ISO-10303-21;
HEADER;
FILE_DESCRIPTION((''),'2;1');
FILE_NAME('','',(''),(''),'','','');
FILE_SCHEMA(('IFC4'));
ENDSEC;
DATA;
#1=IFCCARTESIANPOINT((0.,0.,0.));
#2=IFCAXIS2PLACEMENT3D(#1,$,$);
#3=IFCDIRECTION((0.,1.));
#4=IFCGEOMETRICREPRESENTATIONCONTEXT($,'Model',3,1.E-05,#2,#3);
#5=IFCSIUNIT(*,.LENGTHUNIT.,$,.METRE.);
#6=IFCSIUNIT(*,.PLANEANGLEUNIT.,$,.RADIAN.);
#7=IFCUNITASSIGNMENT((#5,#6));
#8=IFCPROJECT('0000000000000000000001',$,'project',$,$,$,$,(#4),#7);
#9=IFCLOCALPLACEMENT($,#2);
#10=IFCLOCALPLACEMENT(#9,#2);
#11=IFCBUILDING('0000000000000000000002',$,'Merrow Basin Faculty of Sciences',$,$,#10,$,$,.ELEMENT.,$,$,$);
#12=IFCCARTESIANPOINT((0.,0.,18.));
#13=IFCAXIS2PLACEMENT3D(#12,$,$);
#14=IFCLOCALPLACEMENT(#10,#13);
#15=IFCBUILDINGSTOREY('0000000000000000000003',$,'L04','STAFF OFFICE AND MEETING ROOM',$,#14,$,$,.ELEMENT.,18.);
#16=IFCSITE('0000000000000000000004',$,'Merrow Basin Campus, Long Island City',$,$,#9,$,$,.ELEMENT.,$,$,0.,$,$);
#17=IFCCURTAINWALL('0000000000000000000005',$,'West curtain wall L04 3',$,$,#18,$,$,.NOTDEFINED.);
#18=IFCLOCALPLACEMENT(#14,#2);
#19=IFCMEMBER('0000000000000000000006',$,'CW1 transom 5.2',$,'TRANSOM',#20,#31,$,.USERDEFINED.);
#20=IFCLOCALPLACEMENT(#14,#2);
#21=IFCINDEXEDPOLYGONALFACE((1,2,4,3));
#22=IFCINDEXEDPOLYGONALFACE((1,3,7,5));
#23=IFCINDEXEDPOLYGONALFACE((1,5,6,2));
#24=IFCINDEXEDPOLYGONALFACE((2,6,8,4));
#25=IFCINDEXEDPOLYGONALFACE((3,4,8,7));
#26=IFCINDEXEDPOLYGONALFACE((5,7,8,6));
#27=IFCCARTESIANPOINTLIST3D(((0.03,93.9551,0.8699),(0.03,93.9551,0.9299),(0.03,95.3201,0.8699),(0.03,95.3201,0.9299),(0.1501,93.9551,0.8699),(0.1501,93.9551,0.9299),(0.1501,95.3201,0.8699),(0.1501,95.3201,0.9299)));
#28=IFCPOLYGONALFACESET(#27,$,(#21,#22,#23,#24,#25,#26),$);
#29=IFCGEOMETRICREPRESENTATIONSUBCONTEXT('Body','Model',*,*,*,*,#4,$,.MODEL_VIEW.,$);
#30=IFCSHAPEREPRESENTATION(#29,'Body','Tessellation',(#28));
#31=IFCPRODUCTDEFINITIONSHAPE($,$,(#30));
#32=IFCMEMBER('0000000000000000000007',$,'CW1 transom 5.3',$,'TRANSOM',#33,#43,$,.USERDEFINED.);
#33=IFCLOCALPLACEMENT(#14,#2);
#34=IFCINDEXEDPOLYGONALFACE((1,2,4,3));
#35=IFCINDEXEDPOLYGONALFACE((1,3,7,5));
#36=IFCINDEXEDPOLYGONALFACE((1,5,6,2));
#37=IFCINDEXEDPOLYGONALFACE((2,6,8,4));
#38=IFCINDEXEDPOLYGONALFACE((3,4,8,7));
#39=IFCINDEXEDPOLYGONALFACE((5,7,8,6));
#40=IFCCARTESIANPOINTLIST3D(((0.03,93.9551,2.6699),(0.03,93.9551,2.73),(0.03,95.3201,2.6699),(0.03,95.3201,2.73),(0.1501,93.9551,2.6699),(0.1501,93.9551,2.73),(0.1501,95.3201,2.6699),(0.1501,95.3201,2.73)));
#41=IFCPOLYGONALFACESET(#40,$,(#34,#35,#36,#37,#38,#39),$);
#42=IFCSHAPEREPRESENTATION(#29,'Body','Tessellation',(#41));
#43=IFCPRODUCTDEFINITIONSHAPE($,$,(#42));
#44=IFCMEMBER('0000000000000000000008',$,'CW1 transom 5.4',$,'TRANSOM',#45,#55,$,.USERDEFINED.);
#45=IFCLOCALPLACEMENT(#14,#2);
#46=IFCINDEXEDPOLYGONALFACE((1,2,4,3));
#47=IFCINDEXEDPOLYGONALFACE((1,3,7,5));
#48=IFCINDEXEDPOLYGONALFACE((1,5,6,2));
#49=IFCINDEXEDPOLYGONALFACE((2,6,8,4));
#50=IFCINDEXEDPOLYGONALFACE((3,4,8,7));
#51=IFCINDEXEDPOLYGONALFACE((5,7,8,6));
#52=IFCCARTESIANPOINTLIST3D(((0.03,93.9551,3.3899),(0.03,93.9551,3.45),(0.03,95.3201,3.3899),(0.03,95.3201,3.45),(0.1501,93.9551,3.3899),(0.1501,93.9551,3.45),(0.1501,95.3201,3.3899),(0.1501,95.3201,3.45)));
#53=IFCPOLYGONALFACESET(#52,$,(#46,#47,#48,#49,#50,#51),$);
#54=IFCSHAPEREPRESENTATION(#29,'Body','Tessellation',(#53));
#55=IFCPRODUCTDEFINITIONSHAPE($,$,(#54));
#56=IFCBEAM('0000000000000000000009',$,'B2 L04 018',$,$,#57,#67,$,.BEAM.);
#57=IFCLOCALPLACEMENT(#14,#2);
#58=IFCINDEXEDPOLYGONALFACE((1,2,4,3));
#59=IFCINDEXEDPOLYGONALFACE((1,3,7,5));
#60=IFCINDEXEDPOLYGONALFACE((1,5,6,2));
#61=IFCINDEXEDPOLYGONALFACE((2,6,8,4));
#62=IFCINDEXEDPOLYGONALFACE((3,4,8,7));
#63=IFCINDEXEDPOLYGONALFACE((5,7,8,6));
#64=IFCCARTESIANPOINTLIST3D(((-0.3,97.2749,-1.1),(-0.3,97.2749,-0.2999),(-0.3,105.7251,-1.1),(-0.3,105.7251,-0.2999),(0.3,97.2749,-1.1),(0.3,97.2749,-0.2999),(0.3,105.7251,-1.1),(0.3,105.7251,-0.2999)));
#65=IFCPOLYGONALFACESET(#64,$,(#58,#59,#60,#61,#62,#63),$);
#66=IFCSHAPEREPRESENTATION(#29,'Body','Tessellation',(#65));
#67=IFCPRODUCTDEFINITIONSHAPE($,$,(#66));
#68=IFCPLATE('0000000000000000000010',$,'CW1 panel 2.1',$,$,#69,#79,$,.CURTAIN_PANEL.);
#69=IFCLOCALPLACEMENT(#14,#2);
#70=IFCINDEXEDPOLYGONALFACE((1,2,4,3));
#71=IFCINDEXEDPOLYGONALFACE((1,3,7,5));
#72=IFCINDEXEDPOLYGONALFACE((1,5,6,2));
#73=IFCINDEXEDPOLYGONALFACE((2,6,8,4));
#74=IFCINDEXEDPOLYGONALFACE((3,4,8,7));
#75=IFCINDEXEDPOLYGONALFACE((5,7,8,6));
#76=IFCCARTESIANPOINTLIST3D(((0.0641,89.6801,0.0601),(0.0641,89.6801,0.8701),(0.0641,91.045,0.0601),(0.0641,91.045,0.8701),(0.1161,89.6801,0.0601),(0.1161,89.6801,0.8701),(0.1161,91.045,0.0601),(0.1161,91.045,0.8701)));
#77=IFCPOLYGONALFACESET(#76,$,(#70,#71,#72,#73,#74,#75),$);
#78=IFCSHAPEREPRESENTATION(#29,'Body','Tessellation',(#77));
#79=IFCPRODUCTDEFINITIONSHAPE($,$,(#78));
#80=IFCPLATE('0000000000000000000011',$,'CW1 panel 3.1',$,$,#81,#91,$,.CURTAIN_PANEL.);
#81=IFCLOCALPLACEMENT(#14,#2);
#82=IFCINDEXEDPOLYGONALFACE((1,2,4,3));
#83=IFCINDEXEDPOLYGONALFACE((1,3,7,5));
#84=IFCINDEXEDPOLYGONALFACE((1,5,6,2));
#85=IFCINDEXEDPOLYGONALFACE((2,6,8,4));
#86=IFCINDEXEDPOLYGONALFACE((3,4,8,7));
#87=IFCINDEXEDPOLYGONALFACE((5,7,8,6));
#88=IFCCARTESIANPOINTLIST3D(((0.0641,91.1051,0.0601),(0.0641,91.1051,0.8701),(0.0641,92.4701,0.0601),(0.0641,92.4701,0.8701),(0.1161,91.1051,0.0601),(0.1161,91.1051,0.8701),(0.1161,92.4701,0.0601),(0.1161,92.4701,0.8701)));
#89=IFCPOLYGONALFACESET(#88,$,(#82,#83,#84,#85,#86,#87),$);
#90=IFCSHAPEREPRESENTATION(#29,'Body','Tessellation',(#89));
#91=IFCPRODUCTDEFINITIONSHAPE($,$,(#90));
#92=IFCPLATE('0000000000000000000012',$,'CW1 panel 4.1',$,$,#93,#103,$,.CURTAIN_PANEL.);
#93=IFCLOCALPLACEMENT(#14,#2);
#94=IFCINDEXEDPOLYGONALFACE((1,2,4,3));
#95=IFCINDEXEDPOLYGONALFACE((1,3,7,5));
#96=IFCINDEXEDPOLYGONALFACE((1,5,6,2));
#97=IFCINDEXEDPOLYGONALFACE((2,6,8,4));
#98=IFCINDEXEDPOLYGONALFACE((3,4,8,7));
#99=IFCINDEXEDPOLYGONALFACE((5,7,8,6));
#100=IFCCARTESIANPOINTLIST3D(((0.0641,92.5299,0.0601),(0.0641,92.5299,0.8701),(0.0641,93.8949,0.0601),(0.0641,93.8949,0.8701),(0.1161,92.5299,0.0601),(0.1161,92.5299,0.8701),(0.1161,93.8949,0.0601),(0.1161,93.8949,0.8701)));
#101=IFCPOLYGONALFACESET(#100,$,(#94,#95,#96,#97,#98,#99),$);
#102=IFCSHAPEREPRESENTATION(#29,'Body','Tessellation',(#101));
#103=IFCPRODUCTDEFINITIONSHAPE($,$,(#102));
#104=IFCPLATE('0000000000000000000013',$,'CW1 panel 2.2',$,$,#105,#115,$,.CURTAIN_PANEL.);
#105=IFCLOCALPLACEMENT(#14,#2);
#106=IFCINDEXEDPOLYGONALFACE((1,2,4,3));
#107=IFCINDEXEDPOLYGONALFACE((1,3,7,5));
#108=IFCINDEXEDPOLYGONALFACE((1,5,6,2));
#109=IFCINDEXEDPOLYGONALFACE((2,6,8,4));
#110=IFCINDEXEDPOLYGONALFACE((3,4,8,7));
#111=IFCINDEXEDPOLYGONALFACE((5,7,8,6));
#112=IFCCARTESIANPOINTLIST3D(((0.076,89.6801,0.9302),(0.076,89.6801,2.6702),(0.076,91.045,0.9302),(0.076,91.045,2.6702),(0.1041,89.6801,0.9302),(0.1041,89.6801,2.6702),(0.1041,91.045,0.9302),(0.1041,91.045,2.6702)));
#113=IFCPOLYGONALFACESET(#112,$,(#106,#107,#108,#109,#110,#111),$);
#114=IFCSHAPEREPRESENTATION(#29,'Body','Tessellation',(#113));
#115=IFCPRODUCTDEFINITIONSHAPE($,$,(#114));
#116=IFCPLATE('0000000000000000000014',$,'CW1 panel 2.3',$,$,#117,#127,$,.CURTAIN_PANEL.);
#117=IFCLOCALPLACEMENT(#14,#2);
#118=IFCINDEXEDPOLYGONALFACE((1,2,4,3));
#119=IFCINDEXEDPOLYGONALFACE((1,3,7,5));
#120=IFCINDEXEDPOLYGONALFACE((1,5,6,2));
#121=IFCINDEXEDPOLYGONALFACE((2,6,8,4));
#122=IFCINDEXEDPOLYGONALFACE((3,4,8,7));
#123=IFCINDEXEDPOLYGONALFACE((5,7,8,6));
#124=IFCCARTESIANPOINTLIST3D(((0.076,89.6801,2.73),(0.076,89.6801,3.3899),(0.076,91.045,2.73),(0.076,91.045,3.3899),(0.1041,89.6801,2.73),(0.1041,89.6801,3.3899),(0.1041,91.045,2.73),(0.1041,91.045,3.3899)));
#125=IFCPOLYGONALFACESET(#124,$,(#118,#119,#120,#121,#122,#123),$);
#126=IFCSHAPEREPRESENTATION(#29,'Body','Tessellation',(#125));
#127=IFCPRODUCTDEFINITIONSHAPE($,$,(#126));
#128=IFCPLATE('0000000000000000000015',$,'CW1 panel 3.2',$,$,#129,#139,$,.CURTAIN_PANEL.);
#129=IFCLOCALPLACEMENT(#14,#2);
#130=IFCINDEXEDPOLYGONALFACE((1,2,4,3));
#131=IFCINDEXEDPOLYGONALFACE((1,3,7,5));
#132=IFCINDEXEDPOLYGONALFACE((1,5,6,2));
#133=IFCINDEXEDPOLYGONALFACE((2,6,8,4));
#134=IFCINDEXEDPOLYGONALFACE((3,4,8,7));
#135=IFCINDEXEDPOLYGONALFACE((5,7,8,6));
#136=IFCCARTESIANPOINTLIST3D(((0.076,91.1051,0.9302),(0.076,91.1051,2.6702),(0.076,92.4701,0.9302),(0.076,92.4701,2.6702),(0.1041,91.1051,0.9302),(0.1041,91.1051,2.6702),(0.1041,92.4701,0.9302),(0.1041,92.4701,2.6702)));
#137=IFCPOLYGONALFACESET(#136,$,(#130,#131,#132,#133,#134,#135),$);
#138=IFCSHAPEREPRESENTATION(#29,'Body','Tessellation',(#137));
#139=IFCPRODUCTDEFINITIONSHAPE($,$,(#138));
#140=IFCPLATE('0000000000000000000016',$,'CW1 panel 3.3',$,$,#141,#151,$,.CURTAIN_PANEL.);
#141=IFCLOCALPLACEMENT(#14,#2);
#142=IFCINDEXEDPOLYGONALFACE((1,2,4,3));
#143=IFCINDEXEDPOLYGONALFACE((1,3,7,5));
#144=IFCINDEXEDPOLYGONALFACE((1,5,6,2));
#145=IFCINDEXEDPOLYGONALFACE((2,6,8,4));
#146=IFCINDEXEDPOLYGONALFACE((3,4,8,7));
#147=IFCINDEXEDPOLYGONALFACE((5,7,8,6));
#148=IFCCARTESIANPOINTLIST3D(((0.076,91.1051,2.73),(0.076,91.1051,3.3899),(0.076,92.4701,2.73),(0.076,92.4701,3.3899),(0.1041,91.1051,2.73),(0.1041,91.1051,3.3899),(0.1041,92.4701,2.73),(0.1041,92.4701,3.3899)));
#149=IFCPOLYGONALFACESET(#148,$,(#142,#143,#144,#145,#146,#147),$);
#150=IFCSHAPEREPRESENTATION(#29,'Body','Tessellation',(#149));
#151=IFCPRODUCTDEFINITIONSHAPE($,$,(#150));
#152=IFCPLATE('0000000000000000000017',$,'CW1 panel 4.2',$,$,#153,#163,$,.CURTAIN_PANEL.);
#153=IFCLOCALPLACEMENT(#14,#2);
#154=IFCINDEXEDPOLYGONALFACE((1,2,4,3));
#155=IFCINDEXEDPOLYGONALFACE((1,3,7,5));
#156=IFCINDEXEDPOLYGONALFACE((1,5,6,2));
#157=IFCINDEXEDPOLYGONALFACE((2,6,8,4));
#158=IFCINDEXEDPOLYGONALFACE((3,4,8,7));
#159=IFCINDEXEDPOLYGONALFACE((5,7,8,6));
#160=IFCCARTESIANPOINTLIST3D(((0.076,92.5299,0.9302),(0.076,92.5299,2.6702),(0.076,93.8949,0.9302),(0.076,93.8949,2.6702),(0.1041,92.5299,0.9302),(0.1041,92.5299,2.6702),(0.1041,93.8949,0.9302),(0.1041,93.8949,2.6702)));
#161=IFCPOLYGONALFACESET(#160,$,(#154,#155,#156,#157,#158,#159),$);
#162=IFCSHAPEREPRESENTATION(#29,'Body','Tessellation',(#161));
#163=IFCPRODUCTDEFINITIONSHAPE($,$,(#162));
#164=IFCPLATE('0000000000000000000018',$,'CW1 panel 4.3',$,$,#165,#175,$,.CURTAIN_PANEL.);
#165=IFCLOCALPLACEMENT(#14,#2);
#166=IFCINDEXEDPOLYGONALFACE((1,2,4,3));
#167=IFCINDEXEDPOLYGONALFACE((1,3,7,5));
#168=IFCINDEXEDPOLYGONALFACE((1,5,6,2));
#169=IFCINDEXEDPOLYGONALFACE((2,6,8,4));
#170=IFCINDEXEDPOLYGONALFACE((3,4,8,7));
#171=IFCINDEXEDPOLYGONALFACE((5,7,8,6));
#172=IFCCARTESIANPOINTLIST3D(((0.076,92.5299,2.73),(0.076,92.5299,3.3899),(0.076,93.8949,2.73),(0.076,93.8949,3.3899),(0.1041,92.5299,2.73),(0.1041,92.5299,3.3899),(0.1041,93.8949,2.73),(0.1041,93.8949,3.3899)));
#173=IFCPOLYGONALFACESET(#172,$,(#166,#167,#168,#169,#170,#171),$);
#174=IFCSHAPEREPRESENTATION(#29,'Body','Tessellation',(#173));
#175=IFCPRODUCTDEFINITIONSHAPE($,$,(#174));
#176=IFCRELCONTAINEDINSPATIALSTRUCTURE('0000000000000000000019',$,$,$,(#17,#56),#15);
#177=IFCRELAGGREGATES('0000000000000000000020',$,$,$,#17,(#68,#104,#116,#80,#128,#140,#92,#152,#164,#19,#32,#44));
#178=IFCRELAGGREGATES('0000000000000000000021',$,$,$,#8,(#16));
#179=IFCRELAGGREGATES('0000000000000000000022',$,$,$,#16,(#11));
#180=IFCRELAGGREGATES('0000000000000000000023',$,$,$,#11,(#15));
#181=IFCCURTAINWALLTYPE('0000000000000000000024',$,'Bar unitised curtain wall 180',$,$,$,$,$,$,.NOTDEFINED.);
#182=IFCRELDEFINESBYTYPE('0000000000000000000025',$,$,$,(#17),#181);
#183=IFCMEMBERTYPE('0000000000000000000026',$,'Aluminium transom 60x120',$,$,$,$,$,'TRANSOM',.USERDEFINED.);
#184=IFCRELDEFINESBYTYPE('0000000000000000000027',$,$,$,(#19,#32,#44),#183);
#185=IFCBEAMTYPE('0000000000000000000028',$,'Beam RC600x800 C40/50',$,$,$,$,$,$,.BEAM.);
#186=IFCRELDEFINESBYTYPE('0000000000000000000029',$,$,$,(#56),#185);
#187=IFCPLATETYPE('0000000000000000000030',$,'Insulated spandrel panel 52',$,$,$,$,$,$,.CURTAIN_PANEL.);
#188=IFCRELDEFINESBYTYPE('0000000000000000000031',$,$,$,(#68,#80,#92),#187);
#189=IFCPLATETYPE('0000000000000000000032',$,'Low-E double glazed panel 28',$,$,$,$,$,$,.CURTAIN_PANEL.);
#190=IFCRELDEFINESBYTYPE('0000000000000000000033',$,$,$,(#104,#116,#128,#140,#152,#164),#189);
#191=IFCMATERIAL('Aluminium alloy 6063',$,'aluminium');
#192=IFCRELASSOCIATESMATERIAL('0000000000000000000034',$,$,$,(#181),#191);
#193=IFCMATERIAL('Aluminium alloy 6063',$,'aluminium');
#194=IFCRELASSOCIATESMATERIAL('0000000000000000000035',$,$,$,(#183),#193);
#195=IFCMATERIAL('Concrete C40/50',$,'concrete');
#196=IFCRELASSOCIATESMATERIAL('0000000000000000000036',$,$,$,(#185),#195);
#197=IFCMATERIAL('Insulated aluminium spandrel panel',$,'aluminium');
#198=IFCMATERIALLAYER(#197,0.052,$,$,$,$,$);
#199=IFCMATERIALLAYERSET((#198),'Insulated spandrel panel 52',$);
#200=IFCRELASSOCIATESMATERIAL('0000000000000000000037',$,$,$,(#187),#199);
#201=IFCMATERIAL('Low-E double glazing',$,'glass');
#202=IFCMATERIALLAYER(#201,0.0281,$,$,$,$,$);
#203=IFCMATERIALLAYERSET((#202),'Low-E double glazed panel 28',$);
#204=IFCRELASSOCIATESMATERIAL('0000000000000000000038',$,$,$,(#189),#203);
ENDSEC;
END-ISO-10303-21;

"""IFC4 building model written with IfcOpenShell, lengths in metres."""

from ifc_helpers import new_model, si_unit, direction, frame, origin, origin_2d, place, context, subcontext, project, spatial, rectangle, extrude, material, layer, layer_set, material_profile, profile_set, type_object, element, aggregate, save


model = new_model("IFC4")

# Units and contexts
model_context = context("Model", 3, precision=1e-05, world=origin(), true_north=direction((0.0, 1.0)))
body_context = subcontext(model_context, "Body", "Model", "MODEL_VIEW")
ifc_project = project(units=[si_unit("LENGTHUNIT", "METRE"), si_unit("PLANEANGLEUNIT", "RADIAN")], contexts=[model_context])

# Site, building, storey
site_placement = place(None, origin())
site = spatial("IfcSite", under=ifc_project, at=site_placement, Name="Merrow Basin Campus, Long Island City", CompositionType="ELEMENT", RefElevation=0.0)
building_placement = place(site_placement, origin())
building = spatial("IfcBuilding", under=site, at=building_placement, Name="Merrow Basin Faculty of Sciences", CompositionType="ELEMENT")
storey_placement = place(building_placement, frame((0.0, 0.0, 18.0)))
storey = spatial("IfcBuildingStorey", under=building, at=storey_placement, Name="L04", Description="STAFF OFFICE AND MEETING ROOM", CompositionType="ELEMENT", Elevation=18.0)

# Curtain wall, members
ifc_material_1 = material(Name="Aluminium alloy 6063", Category="aluminium")
curtain_wall_type = type_object("IfcCurtainWallType", Name="Bar unitised curtain wall 180", PredefinedType="NOTDEFINED", material=ifc_material_1)
curtain_wall_placement = place(storey_placement, origin())
curtain_wall = element("IfcCurtainWall", 1, at=curtain_wall_placement, inside=storey, type_object=curtain_wall_type, Name="West curtain wall L04 3", PredefinedType="NOTDEFINED")
ifc_material_2 = material(Name="Aluminium alloy 6063", Category="aluminium")
ifc_material_profile_1 = material_profile(ifc_material_2, rectangle(XDim=0.1201, YDim=0.0601, at=origin_2d()))
ifc_profile_set_1 = profile_set([ifc_material_profile_1], Name="Aluminium alloy 6063")
member_type_1 = type_object("IfcMemberType", Name="Aluminium transom 60x120", ElementType="TRANSOM", PredefinedType="USERDEFINED", material=ifc_profile_set_1)
member_1_placement = place(storey_placement, frame((0.0901, 93.9551, 0.8999), z_axis=(0.0, 1.0, 0.0), x_axis=(-1.0, 0.0, 0.0)))
member_1 = element("IfcMember", 2, at=member_1_placement, type_object=member_type_1, Name="CW1 transom 5.2", ObjectType="TRANSOM", PredefinedType="USERDEFINED", context=body_context, shape_type="SweptSolid", body=[
    extrude(rectangle(XDim=0.1201, YDim=0.0601, at=origin_2d()), origin(), (0.0, 0.0, 1.0), 1.365),
])
member_2_placement = place(storey_placement, frame((0.0901, 93.9551, 2.7), z_axis=(0.0, 1.0, 0.0), x_axis=(-1.0, 0.0, 0.0)))
member_2 = element("IfcMember", 3, at=member_2_placement, type_object=member_type_1, Name="CW1 transom 5.3", ObjectType="TRANSOM", PredefinedType="USERDEFINED", context=body_context, shape_type="SweptSolid", body=[
    extrude(rectangle(XDim=0.1201, YDim=0.0601, at=origin_2d()), origin(), (0.0, 0.0, 1.0), 1.365),
])
member_3_placement = place(storey_placement, frame((0.0901, 93.9551, 3.4199), z_axis=(0.0, 1.0, 0.0), x_axis=(-1.0, 0.0, 0.0)))
member_3 = element("IfcMember", 4, at=member_3_placement, type_object=member_type_1, Name="CW1 transom 5.4", ObjectType="TRANSOM", PredefinedType="USERDEFINED", context=body_context, shape_type="SweptSolid", body=[
    extrude(rectangle(XDim=0.1201, YDim=0.0601, at=origin_2d()), origin(), (0.0, 0.0, 1.0), 1.365),
])

# Beam
ifc_material_3 = material(Name="Concrete C40/50", Category="concrete")
ifc_material_profile_2 = material_profile(ifc_material_3, rectangle(XDim=0.6001, YDim=0.8, at=origin_2d()))
ifc_profile_set_2 = profile_set([ifc_material_profile_2], Name="Concrete C40/50")
beam_type = type_object("IfcBeamType", Name="Beam RC600x800 C40/50", PredefinedType="BEAM", material=ifc_profile_set_2)
beam_placement = place(storey_placement, frame((0.0, 97.2749, -0.7), z_axis=(0.0, 1.0, 0.0), x_axis=(-1.0, 0.0, 0.0)))
element("IfcBeam", 5, at=beam_placement, inside=storey, type_object=beam_type, Name="B2 L04 018", PredefinedType="BEAM", context=body_context, shape_type="SweptSolid", body=[
    extrude(rectangle(XDim=0.6001, YDim=0.8, at=origin_2d()), origin(), (0.0, 0.0, 1.0), 8.4502),
])

# Plates
ifc_material_4 = material(Name="Insulated aluminium spandrel panel", Category="aluminium")
ifc_layer_1 = layer(ifc_material_4, 0.052)
ifc_layer_set_1 = layer_set([ifc_layer_1], Name="Insulated spandrel panel 52")
plate_type_1 = type_object("IfcPlateType", Name="Insulated spandrel panel 52", PredefinedType="CURTAIN_PANEL", material=ifc_layer_set_1)
plate_1_placement = place(storey_placement, frame((0.0901, 90.3625, 0.0601), z_axis=(0.0, 0.0, 1.0), x_axis=(0.0, 1.0, 0.0)))
plate_1 = element("IfcPlate", 6, at=plate_1_placement, type_object=plate_type_1, Name="CW1 panel 2.1", PredefinedType="CURTAIN_PANEL", context=body_context, shape_type="SweptSolid", body=[
    extrude(rectangle(XDim=1.365, YDim=0.052, at=origin_2d()), origin(), (0.0, 0.0, 1.0), 0.8101),
])
plate_2_placement = place(storey_placement, frame((0.0901, 91.7876, 0.0601), z_axis=(0.0, 0.0, 1.0), x_axis=(0.0, 1.0, 0.0)))
plate_2 = element("IfcPlate", 7, at=plate_2_placement, type_object=plate_type_1, Name="CW1 panel 3.1", PredefinedType="CURTAIN_PANEL", context=body_context, shape_type="SweptSolid", body=[
    extrude(rectangle(XDim=1.365, YDim=0.052, at=origin_2d()), origin(), (0.0, 0.0, 1.0), 0.8101),
])
plate_3_placement = place(storey_placement, frame((0.0901, 93.2124, 0.0601), z_axis=(0.0, 0.0, 1.0), x_axis=(0.0, 1.0, 0.0)))
plate_3 = element("IfcPlate", 8, at=plate_3_placement, type_object=plate_type_1, Name="CW1 panel 4.1", PredefinedType="CURTAIN_PANEL", context=body_context, shape_type="SweptSolid", body=[
    extrude(rectangle(XDim=1.365, YDim=0.052, at=origin_2d()), origin(), (0.0, 0.0, 1.0), 0.8101),
])
ifc_material_5 = material(Name="Low-E double glazing", Category="glass")
ifc_layer_2 = layer(ifc_material_5, 0.0281)
ifc_layer_set_2 = layer_set([ifc_layer_2], Name="Low-E double glazed panel 28")
plate_type_2 = type_object("IfcPlateType", Name="Low-E double glazed panel 28", PredefinedType="CURTAIN_PANEL", material=ifc_layer_set_2)
plate_4_placement = place(storey_placement, frame((0.0901, 90.3625, 0.9302), z_axis=(0.0, 0.0, 1.0), x_axis=(0.0, 1.0, 0.0)))
plate_4 = element("IfcPlate", 9, at=plate_4_placement, type_object=plate_type_2, Name="CW1 panel 2.2", PredefinedType="CURTAIN_PANEL", context=body_context, shape_type="SweptSolid", body=[
    extrude(rectangle(XDim=1.365, YDim=0.0281, at=origin_2d()), origin(), (0.0, 0.0, 1.0), 1.74),
])
plate_5_placement = place(storey_placement, frame((0.0901, 90.3625, 2.73), z_axis=(0.0, 0.0, 1.0), x_axis=(0.0, 1.0, 0.0)))
plate_5 = element("IfcPlate", 10, at=plate_5_placement, type_object=plate_type_2, Name="CW1 panel 2.3", PredefinedType="CURTAIN_PANEL", context=body_context, shape_type="SweptSolid", body=[
    extrude(rectangle(XDim=1.365, YDim=0.0281, at=origin_2d()), origin(), (0.0, 0.0, 1.0), 0.6599),
])
plate_6_placement = place(storey_placement, frame((0.0901, 91.7876, 0.9302), z_axis=(0.0, 0.0, 1.0), x_axis=(0.0, 1.0, 0.0)))
plate_6 = element("IfcPlate", 11, at=plate_6_placement, type_object=plate_type_2, Name="CW1 panel 3.2", PredefinedType="CURTAIN_PANEL", context=body_context, shape_type="SweptSolid", body=[
    extrude(rectangle(XDim=1.365, YDim=0.0281, at=origin_2d()), origin(), (0.0, 0.0, 1.0), 1.74),
])
plate_7_placement = place(storey_placement, frame((0.0901, 91.7876, 2.73), z_axis=(0.0, 0.0, 1.0), x_axis=(0.0, 1.0, 0.0)))
plate_7 = element("IfcPlate", 12, at=plate_7_placement, type_object=plate_type_2, Name="CW1 panel 3.3", PredefinedType="CURTAIN_PANEL", context=body_context, shape_type="SweptSolid", body=[
    extrude(rectangle(XDim=1.365, YDim=0.0281, at=origin_2d()), origin(), (0.0, 0.0, 1.0), 0.6599),
])
plate_8_placement = place(storey_placement, frame((0.0901, 93.2124, 0.9302), z_axis=(0.0, 0.0, 1.0), x_axis=(0.0, 1.0, 0.0)))
plate_8 = element("IfcPlate", 13, at=plate_8_placement, type_object=plate_type_2, Name="CW1 panel 4.2", PredefinedType="CURTAIN_PANEL", context=body_context, shape_type="SweptSolid", body=[
    extrude(rectangle(XDim=1.365, YDim=0.0281, at=origin_2d()), origin(), (0.0, 0.0, 1.0), 1.74),
])
plate_9_placement = place(storey_placement, frame((0.0901, 93.2124, 2.73), z_axis=(0.0, 0.0, 1.0), x_axis=(0.0, 1.0, 0.0)))
plate_9 = element("IfcPlate", 14, at=plate_9_placement, type_object=plate_type_2, Name="CW1 panel 4.3", PredefinedType="CURTAIN_PANEL", context=body_context, shape_type="SweptSolid", body=[
    extrude(rectangle(XDim=1.365, YDim=0.0281, at=origin_2d()), origin(), (0.0, 0.0, 1.0), 0.6599),
])
aggregate(curtain_wall, [plate_1, plate_4, plate_5, plate_2, plate_6, plate_7, plate_3, plate_8, plate_9, member_1, member_2, member_3])

save(model, "model.ifc")
